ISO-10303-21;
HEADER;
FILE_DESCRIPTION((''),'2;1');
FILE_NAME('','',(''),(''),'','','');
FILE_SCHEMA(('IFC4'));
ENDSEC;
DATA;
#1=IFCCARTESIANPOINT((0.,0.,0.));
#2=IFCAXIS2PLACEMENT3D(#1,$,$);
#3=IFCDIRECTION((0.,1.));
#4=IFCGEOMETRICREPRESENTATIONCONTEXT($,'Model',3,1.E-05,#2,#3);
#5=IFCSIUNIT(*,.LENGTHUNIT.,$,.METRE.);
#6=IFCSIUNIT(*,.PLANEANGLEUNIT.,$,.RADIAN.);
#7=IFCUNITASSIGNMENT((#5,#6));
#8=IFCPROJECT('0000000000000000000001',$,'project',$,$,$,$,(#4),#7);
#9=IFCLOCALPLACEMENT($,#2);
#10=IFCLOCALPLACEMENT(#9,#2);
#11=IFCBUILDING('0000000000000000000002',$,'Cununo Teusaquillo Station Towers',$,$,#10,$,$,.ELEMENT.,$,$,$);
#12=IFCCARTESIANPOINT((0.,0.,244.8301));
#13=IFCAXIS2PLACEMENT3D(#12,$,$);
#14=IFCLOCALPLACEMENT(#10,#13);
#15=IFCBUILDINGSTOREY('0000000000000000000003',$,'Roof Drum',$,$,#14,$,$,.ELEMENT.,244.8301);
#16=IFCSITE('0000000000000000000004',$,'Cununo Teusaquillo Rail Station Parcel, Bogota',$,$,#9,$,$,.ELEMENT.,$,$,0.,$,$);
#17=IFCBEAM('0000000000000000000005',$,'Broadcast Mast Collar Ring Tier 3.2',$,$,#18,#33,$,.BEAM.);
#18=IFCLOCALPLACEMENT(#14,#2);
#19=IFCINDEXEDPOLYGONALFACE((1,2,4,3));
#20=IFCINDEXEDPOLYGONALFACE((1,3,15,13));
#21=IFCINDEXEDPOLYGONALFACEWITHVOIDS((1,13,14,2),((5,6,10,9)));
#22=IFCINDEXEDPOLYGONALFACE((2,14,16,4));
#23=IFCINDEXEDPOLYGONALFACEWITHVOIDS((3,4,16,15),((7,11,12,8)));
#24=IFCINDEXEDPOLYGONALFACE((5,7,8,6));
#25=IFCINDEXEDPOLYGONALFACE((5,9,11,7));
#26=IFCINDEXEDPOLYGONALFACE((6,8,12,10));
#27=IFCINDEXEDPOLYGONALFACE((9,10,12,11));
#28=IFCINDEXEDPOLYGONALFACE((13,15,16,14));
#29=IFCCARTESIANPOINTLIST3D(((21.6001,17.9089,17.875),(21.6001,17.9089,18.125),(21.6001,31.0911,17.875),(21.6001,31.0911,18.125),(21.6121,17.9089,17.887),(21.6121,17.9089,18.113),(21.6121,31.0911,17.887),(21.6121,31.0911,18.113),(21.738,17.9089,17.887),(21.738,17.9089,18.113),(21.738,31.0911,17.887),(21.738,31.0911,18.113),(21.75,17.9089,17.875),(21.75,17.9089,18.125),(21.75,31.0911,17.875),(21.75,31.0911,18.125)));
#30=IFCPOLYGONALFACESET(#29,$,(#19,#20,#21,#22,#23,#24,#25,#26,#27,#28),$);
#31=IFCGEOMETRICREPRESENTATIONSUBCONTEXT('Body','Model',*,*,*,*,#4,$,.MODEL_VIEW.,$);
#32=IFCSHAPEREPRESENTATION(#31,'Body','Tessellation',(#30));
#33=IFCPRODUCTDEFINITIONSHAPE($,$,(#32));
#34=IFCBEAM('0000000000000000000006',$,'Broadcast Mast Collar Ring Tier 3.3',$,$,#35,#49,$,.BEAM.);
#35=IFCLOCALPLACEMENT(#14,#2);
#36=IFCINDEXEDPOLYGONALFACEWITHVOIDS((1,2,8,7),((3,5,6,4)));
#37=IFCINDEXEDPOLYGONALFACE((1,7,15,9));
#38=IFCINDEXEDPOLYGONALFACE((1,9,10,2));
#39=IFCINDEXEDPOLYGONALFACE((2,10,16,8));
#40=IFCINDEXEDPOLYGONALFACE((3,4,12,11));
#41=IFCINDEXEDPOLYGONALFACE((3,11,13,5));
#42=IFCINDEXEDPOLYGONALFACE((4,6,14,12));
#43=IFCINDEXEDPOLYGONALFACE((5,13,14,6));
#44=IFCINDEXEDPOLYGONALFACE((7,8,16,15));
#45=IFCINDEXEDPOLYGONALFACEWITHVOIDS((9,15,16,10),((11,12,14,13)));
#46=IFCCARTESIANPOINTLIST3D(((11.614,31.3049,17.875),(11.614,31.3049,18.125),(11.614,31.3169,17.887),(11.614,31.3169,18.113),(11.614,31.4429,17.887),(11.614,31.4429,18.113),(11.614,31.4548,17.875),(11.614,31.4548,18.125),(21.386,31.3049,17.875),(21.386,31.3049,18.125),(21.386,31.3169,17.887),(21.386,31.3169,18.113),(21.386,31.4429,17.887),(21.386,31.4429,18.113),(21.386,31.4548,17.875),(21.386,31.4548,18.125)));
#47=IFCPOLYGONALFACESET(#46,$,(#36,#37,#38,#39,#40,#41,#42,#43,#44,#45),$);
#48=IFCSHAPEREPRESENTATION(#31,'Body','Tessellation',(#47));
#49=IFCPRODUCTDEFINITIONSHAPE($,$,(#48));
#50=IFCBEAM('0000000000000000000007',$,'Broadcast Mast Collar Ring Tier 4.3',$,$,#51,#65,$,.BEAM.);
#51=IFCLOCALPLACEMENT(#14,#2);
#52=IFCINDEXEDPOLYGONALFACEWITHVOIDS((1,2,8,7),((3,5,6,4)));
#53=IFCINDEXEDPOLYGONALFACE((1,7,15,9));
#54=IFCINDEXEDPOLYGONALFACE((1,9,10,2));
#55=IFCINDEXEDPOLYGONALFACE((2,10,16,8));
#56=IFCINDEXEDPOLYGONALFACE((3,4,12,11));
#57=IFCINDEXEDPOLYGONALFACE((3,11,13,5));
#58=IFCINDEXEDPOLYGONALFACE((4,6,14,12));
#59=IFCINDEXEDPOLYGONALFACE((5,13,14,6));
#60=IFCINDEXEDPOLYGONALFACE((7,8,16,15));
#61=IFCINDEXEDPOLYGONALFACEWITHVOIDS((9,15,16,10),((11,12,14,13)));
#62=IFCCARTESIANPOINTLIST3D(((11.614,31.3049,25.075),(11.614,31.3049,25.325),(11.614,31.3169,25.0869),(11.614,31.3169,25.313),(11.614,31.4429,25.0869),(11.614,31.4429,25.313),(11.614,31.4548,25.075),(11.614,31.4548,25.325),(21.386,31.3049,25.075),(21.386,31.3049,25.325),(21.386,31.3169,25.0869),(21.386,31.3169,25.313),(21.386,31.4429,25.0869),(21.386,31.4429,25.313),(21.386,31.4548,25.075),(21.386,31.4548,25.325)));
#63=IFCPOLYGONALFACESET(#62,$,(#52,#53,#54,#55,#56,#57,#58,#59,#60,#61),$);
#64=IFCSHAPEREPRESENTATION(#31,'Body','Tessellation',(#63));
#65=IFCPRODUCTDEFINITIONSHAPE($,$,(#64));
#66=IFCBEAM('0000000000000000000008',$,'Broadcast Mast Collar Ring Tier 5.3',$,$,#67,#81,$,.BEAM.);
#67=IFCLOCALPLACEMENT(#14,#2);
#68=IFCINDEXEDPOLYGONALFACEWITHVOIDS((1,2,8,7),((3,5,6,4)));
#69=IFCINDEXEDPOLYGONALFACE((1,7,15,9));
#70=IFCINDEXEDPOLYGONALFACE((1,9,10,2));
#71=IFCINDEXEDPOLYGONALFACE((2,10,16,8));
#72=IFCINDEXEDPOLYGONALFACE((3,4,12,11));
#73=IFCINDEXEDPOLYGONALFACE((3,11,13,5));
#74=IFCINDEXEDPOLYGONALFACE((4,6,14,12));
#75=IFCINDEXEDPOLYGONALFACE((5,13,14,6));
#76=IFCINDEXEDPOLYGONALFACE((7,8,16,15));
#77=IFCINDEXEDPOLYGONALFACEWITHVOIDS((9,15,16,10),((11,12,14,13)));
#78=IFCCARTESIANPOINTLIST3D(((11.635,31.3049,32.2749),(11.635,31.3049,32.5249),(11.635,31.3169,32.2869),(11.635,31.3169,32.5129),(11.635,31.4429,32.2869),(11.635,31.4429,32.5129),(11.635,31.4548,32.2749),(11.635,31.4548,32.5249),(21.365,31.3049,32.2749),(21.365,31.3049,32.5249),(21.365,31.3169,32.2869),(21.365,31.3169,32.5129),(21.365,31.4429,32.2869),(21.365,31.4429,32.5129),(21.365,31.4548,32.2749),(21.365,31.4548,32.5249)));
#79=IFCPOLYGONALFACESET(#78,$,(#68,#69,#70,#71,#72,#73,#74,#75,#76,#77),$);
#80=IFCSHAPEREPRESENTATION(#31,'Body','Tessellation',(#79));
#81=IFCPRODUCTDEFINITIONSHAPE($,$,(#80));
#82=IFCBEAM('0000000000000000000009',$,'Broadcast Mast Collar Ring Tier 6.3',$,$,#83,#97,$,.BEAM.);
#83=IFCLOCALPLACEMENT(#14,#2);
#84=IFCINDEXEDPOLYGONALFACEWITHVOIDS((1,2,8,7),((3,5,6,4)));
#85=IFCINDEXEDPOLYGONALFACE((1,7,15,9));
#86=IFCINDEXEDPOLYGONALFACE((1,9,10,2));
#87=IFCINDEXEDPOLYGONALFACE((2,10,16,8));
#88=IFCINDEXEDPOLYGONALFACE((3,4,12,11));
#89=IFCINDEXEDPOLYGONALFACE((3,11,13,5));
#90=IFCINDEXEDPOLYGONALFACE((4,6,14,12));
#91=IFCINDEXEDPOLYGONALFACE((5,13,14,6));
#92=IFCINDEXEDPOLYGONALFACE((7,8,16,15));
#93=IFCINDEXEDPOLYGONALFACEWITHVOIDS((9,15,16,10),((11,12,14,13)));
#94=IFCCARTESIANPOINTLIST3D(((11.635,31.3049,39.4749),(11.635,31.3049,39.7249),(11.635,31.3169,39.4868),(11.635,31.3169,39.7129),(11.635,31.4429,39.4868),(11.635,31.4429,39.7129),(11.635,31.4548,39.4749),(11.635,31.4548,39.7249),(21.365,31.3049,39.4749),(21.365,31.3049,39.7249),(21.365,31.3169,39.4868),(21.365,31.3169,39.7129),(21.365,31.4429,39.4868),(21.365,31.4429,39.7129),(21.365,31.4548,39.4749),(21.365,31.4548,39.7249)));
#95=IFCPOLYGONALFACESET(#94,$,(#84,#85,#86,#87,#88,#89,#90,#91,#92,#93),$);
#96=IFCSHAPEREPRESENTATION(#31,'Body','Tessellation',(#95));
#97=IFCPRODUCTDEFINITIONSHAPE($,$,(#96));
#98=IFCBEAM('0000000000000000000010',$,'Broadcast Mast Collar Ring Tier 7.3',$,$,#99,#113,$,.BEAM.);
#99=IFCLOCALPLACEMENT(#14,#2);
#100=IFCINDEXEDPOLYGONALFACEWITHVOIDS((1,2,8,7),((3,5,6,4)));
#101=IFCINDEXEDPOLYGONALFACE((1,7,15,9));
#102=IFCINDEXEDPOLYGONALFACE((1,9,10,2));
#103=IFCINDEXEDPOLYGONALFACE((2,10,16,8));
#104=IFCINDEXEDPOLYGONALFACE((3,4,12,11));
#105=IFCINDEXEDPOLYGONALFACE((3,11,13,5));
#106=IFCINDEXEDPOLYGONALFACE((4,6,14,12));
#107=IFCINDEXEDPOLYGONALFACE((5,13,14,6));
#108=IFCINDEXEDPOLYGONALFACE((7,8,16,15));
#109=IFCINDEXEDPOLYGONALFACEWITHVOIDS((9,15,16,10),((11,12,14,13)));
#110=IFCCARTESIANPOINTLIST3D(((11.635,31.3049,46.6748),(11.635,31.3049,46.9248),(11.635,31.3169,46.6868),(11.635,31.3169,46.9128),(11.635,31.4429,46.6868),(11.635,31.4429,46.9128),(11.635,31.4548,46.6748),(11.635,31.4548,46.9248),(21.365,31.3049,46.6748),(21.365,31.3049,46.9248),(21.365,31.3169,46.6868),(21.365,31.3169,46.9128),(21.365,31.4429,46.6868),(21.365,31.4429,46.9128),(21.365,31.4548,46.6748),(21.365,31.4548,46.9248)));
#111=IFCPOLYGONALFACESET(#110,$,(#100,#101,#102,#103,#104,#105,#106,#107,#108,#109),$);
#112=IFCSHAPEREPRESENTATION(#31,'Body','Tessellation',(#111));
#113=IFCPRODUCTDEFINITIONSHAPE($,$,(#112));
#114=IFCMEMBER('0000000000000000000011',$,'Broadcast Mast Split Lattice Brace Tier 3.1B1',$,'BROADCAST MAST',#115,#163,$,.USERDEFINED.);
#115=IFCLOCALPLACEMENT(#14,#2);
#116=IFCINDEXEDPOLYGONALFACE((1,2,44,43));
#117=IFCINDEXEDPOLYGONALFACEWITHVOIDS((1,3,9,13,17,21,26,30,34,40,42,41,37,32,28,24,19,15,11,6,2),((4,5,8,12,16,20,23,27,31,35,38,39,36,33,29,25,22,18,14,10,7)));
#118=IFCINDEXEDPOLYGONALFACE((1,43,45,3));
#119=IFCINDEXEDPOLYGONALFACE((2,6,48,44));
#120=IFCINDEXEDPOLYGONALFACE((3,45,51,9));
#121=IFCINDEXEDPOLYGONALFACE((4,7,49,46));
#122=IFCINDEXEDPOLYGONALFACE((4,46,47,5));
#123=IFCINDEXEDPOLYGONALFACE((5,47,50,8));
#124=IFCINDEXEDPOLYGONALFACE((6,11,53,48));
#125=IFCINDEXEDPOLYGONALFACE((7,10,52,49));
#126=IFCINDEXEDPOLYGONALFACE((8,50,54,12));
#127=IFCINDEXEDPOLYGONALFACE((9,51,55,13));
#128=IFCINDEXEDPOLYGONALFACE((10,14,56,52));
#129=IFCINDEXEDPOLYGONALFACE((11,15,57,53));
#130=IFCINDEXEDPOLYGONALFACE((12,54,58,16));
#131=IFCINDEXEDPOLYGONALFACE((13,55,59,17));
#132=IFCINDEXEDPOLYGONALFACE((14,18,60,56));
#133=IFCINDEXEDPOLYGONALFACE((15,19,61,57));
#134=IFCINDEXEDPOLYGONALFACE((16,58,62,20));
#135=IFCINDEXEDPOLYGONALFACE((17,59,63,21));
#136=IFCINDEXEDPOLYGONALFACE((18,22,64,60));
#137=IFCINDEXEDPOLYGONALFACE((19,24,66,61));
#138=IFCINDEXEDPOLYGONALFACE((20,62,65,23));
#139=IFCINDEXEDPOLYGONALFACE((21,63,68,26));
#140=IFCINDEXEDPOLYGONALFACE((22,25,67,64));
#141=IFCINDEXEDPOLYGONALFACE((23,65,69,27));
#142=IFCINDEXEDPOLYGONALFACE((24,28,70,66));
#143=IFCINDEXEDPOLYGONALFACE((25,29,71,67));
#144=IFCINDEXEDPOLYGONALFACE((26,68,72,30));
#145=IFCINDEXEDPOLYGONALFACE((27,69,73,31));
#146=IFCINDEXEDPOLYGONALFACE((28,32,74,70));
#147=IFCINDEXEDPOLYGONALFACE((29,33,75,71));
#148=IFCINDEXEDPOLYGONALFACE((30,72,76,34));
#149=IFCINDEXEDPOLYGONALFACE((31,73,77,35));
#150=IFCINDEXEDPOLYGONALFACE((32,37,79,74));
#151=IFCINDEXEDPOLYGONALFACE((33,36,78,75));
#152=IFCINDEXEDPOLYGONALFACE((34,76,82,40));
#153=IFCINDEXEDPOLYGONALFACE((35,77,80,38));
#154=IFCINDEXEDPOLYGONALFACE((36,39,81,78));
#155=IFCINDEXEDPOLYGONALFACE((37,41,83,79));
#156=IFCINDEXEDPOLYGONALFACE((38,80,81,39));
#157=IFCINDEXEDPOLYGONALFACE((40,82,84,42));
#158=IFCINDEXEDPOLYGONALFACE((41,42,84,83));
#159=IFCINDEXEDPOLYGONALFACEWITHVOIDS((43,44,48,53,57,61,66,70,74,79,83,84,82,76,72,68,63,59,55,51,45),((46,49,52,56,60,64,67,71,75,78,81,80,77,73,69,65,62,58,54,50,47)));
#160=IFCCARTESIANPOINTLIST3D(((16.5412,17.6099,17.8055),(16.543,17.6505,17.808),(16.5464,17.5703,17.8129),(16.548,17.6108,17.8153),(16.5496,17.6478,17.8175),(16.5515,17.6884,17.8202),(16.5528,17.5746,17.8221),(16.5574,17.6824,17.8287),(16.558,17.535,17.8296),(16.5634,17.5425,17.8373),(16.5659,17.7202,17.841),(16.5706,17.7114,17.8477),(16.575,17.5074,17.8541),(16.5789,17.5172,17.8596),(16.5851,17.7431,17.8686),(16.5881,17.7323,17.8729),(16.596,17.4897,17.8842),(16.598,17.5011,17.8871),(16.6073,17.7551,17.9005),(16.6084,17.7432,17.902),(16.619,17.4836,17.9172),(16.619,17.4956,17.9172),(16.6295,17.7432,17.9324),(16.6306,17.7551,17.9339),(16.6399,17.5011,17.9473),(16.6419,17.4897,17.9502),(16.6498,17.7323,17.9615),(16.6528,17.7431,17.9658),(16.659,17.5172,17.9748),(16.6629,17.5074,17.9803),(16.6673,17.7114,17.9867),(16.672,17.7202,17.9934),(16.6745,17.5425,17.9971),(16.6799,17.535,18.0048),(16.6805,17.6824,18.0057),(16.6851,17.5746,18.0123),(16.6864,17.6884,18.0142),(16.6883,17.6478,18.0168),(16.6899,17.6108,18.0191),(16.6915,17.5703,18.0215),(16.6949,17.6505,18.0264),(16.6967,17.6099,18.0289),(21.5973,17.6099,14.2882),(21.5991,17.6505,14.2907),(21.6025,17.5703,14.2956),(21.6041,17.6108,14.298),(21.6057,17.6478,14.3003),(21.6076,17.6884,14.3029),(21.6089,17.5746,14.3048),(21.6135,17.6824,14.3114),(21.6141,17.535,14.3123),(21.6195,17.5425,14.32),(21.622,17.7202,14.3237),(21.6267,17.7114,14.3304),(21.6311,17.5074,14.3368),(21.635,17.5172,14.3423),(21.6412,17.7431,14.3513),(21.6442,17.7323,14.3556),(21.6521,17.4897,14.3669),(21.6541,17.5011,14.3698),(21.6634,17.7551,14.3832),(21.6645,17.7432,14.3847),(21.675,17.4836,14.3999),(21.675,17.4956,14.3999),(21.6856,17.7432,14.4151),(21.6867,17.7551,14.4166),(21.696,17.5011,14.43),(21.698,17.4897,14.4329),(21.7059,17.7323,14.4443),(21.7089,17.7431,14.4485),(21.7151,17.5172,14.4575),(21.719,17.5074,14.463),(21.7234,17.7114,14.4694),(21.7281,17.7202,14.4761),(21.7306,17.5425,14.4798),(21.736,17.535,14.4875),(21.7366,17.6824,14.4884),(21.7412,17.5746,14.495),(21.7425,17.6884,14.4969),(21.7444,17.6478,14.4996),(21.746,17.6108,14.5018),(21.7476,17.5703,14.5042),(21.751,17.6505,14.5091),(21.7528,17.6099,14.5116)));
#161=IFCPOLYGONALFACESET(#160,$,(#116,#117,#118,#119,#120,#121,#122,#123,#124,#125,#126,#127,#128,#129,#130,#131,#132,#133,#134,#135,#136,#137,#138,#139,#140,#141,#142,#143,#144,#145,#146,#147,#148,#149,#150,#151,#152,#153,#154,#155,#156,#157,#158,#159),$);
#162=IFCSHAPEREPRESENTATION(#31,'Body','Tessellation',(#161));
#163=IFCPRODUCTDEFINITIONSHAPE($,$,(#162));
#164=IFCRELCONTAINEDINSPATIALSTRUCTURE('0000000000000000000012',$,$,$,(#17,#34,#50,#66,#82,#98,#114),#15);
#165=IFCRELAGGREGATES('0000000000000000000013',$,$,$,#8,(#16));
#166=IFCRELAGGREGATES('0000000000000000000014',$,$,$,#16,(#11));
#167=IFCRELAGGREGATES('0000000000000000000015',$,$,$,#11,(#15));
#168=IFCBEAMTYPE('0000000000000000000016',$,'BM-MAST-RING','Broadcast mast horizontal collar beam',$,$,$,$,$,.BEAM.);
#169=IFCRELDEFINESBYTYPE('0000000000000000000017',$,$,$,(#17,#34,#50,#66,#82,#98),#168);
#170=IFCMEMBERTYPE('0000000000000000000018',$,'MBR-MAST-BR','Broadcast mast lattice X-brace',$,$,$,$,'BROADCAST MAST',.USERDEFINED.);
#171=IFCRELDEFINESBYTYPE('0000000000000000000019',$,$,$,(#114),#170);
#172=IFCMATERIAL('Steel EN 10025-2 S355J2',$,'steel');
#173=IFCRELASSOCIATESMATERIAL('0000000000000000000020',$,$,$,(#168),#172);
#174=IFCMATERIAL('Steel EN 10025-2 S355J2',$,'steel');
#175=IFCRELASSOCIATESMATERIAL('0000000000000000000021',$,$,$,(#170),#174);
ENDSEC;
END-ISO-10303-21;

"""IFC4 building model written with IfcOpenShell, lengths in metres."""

from ifc_helpers import new_model, si_unit, direction, frame, origin, origin_2d, place, context, subcontext, project, spatial, hollow_rectangle, hollow_circle, extrude, material, material_profile, profile_set, type_object, element, save


model = new_model("IFC4")

# Units and contexts
model_context = context("Model", 3, precision=1e-05, world=origin(), true_north=direction((0.0, 1.0)))
body_context = subcontext(model_context, "Body", "Model", "MODEL_VIEW")
ifc_project = project(units=[si_unit("LENGTHUNIT", "METRE"), si_unit("PLANEANGLEUNIT", "RADIAN")], contexts=[model_context])

# Site, building, storey
site_placement = place(None, origin())
site = spatial("IfcSite", under=ifc_project, at=site_placement, Name="Cununo Teusaquillo Rail Station Parcel, Bogota", CompositionType="ELEMENT", RefElevation=0.0)
building_placement = place(site_placement, origin())
building = spatial("IfcBuilding", under=site, at=building_placement, Name="Cununo Teusaquillo Station Towers", CompositionType="ELEMENT")
storey_placement = place(building_placement, frame((0.0, 0.0, 244.8301)))
storey = spatial("IfcBuildingStorey", under=building, at=storey_placement, Name="Roof Drum", CompositionType="ELEMENT", Elevation=244.8301)

# Beams
ifc_material_1 = material(Name="Steel EN 10025-2 S355J2", Category="steel")
ifc_material_profile_1 = material_profile(ifc_material_1, hollow_rectangle(XDim=0.1499, YDim=0.25, WallThickness=0.012, at=origin_2d()), Name="RHS 250x150x12")
ifc_profile_set_1 = profile_set([ifc_material_profile_1], Name="Steel EN 10025-2 S355J2")
beam_type = type_object("IfcBeamType", Name="BM-MAST-RING", Description="Broadcast mast horizontal collar beam", PredefinedType="BEAM", material=ifc_profile_set_1)
beam_placement = place(storey_placement, frame((21.675, 17.9089, 18.0), z_axis=(0.0, 1.0, 0.0), x_axis=(-1.0, 0.0, 0.0)))
element("IfcBeam", 1, at=beam_placement, inside=storey, type_object=beam_type, Name="Broadcast Mast Collar Ring Tier 3.2", PredefinedType="BEAM", context=body_context, shape_type="SweptSolid", body=[
    extrude(hollow_rectangle(XDim=0.1499, YDim=0.25, WallThickness=0.012, at=origin_2d()), origin(), (0.0, 0.0, 1.0), 13.1821),
])
for number, where, z_axis, x_axis, name in (
    (2, (21.386, 31.3799, 18.0), (-1.0, 0.0, 0.0), (0.0, -1.0, 0.0), "Broadcast Mast Collar Ring Tier 3.3"),
    (3, (21.386, 31.3799, 25.2), (-1.0, 0.0, 0.0), (0.0, -1.0, 0.0), "Broadcast Mast Collar Ring Tier 4.3"),
):
    element("IfcBeam", number, at=place(storey_placement, frame(where, z_axis=z_axis, x_axis=x_axis)), inside=storey, type_object=beam_type, Name=name, PredefinedType="BEAM", context=body_context, shape_type="SweptSolid", body=[
        extrude(hollow_rectangle(XDim=0.1499, YDim=0.25, WallThickness=0.012, at=origin_2d()), origin(), (0.0, 0.0, 1.0), 9.772),
    ])
for number, where, z_axis, x_axis, name in (
    (4, (21.365, 31.3799, 32.3999), (-1.0, 0.0, 0.0), (0.0, -1.0, 0.0), "Broadcast Mast Collar Ring Tier 5.3"),
    (5, (21.365, 31.3799, 39.5999), (-1.0, 0.0, 0.0), (0.0, -1.0, 0.0), "Broadcast Mast Collar Ring Tier 6.3"),
    (6, (21.365, 31.3799, 46.7998), (-1.0, 0.0, 0.0), (0.0, -1.0, 0.0), "Broadcast Mast Collar Ring Tier 7.3"),
):
    element("IfcBeam", number, at=place(storey_placement, frame(where, z_axis=z_axis, x_axis=x_axis)), inside=storey, type_object=beam_type, Name=name, PredefinedType="BEAM", context=body_context, shape_type="SweptSolid", body=[
        extrude(hollow_rectangle(XDim=0.1499, YDim=0.25, WallThickness=0.012, at=origin_2d()), origin(), (0.0, 0.0, 1.0), 9.73),
    ])

# Member
ifc_material_2 = material(Name="Steel EN 10025-2 S355J2", Category="steel")
ifc_material_profile_2 = material_profile(ifc_material_2, hollow_circle(Radius=0.1365, WallThickness=0.012, at=origin_2d()), Name="CHS 273x12")
ifc_profile_set_2 = profile_set([ifc_material_profile_2], Name="Steel EN 10025-2 S355J2")
member_type = type_object("IfcMemberType", Name="MBR-MAST-BR", Description="Broadcast mast lattice X-brace", ElementType="BROADCAST MAST", PredefinedType="USERDEFINED", material=ifc_profile_set_2)
member_1_placement = place(storey_placement, frame((21.675, 17.6201, 14.3999), z_axis=(-0.820904, 0.0, 0.571066), x_axis=(0.0, -1.0, 0.0)))
element("IfcMember", 7, at=member_1_placement, inside=storey, type_object=member_type, Name="Broadcast Mast Split Lattice Brace Tier 3.1B1", ObjectType="BROADCAST MAST", PredefinedType="USERDEFINED", context=body_context, shape_type="SweptSolid", body=[
    extrude(hollow_circle(Radius=0.1365, WallThickness=0.012, at=origin_2d()), origin(), (0.0, 0.0, 1.0), 6.1592),
])

save(model, "model.ifc")
